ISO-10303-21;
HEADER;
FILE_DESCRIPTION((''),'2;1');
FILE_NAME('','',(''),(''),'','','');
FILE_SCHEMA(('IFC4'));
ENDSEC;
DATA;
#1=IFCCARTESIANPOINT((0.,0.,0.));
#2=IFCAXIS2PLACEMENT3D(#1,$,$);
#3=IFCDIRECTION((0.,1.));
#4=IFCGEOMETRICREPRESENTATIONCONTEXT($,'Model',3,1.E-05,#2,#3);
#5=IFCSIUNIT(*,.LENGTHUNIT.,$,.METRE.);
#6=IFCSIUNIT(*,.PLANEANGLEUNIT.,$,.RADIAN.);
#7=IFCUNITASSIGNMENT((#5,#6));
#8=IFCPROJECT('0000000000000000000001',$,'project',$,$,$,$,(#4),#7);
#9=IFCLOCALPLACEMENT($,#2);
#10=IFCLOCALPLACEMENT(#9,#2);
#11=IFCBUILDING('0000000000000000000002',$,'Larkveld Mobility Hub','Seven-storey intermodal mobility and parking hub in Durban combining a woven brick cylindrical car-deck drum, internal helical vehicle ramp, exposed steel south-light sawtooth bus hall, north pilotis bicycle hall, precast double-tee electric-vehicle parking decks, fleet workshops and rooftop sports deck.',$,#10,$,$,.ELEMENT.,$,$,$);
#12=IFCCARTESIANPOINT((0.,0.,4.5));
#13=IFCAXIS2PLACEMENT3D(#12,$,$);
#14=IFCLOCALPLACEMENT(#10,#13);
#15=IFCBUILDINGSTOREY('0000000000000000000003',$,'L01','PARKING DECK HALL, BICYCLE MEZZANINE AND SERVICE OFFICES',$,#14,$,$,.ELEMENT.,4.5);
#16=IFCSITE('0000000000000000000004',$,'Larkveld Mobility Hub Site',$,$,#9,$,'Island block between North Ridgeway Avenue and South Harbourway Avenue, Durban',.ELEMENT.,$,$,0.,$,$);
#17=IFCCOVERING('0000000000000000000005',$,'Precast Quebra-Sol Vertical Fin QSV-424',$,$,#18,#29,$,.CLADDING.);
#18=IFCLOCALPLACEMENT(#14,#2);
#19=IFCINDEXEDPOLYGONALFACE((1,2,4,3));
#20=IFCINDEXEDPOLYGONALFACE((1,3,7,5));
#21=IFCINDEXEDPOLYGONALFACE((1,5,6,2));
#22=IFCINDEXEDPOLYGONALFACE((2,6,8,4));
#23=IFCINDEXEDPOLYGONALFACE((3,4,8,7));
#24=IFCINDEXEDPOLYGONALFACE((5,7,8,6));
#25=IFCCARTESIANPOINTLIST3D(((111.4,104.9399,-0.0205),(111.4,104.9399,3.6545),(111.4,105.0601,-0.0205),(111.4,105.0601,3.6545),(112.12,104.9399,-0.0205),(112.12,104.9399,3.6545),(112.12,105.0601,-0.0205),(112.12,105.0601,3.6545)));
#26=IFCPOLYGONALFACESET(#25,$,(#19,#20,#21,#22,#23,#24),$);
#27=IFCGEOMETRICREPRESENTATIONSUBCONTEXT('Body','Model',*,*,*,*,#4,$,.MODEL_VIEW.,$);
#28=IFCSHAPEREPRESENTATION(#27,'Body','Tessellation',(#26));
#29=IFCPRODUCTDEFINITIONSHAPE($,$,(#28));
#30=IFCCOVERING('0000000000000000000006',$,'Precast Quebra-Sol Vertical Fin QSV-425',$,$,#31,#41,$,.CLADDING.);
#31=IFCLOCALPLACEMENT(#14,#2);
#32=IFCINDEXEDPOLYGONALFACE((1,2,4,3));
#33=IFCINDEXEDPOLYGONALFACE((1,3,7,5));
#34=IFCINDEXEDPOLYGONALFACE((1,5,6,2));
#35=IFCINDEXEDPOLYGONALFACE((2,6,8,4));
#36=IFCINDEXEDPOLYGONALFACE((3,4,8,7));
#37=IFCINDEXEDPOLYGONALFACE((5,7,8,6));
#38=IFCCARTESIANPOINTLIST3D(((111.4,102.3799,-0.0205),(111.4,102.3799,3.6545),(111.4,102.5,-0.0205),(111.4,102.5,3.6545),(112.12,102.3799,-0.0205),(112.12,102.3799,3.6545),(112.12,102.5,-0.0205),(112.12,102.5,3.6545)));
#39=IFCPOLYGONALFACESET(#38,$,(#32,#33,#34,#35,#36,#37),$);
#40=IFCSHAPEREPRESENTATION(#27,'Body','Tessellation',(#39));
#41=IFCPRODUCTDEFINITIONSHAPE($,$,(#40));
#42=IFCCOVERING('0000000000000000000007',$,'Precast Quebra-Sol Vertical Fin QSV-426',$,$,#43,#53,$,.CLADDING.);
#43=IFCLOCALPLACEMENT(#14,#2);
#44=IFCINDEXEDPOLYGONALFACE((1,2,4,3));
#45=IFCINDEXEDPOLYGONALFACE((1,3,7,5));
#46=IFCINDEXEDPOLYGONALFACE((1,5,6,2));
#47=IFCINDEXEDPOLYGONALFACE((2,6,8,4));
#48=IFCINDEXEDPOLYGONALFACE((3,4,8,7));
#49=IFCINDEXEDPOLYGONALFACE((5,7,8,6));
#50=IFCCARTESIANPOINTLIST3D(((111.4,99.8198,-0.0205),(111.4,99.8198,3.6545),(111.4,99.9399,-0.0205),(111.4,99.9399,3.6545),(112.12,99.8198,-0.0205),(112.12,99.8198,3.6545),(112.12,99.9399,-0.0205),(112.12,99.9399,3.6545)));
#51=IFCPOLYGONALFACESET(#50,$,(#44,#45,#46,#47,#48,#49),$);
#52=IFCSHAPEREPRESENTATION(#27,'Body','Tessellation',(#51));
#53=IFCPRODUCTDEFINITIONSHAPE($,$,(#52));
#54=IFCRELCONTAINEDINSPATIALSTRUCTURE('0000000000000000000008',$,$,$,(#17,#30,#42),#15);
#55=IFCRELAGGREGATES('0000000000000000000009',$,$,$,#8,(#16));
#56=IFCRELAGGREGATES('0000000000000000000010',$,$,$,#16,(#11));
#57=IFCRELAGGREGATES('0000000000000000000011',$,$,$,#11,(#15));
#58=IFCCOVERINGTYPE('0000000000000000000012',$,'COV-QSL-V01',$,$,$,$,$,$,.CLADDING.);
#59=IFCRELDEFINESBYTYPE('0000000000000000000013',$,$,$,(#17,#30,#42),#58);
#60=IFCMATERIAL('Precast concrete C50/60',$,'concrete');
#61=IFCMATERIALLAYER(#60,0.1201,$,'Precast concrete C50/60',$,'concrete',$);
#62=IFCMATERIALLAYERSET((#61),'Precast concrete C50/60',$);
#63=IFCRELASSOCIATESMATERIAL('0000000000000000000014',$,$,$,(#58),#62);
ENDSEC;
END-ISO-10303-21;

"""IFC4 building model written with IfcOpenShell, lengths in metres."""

from ifc_helpers import new_model, si_unit, direction, frame, origin, origin_2d, place, context, subcontext, project, spatial, rectangle, extrude, material, layer, layer_set, type_object, element, save


model = new_model("IFC4")

# Units and contexts
model_context = context("Model", 3, precision=1e-05, world=origin(), true_north=direction((0.0, 1.0)))
body_context = subcontext(model_context, "Body", "Model", "MODEL_VIEW")
ifc_project = project(units=[si_unit("LENGTHUNIT", "METRE"), si_unit("PLANEANGLEUNIT", "RADIAN")], contexts=[model_context])

# Site, building, storey
site_placement = place(None, origin())
site = spatial("IfcSite", under=ifc_project, at=site_placement, Name="Larkveld Mobility Hub Site", LongName="Island block between North Ridgeway Avenue and South Harbourway Avenue, Durban", CompositionType="ELEMENT", RefElevation=0.0)
building_placement = place(site_placement, origin())
building = spatial("IfcBuilding", under=site, at=building_placement, Name="Larkveld Mobility Hub", Description="Seven-storey intermodal mobility and parking hub in Durban combining a woven brick cylindrical car-deck drum, internal helical vehicle ramp, exposed steel south-light sawtooth bus hall, north pilotis bicycle hall, precast double-tee electric-vehicle parking decks, fleet workshops and rooftop sports deck.", CompositionType="ELEMENT")
storey_placement = place(building_placement, frame((0.0, 0.0, 4.5)))
storey = spatial("IfcBuildingStorey", under=building, at=storey_placement, Name="L01", Description="PARKING DECK HALL, BICYCLE MEZZANINE AND SERVICE OFFICES", CompositionType="ELEMENT", Elevation=4.5)

# Shared definitions
ifc_material_1 = material(Name="Precast concrete C50/60", Category="concrete")

# Coverings
ifc_layer_1 = layer(ifc_material_1, 0.1201, Name="Precast concrete C50/60", Category="concrete")
ifc_layer_set_1 = layer_set([ifc_layer_1], Name="Precast concrete C50/60")
covering_type_1 = type_object("IfcCoveringType", Name="COV-QSL-V01", PredefinedType="CLADDING", material=ifc_layer_set_1)
for number, where, z_axis, x_axis, name in (
    (1, (111.76, 105.0, -0.0205), (0.0, 0.0, 1.0), (0.0, -1.0, 0.0), "Precast Quebra-Sol Vertical Fin QSV-424"),
    (2, (111.76, 102.4399, -0.0205), (0.0, 0.0, 1.0), (0.0, -1.0, 0.0), "Precast Quebra-Sol Vertical Fin QSV-425"),
    (3, (111.76, 99.8799, -0.0205), (0.0, 0.0, 1.0), (0.0, -1.0, 0.0), "Precast Quebra-Sol Vertical Fin QSV-426"),
):
    element("IfcCovering", number, at=place(storey_placement, frame(where, z_axis=z_axis, x_axis=x_axis)), inside=storey, type_object=covering_type_1, Name=name, PredefinedType="CLADDING", context=body_context, shape_type="SweptSolid", body=[
        extrude(rectangle(XDim=0.1201, YDim=0.72, at=origin_2d()), origin(), (0.0, 0.0, 1.0), 3.675),
    ])

save(model, "model.ifc")
